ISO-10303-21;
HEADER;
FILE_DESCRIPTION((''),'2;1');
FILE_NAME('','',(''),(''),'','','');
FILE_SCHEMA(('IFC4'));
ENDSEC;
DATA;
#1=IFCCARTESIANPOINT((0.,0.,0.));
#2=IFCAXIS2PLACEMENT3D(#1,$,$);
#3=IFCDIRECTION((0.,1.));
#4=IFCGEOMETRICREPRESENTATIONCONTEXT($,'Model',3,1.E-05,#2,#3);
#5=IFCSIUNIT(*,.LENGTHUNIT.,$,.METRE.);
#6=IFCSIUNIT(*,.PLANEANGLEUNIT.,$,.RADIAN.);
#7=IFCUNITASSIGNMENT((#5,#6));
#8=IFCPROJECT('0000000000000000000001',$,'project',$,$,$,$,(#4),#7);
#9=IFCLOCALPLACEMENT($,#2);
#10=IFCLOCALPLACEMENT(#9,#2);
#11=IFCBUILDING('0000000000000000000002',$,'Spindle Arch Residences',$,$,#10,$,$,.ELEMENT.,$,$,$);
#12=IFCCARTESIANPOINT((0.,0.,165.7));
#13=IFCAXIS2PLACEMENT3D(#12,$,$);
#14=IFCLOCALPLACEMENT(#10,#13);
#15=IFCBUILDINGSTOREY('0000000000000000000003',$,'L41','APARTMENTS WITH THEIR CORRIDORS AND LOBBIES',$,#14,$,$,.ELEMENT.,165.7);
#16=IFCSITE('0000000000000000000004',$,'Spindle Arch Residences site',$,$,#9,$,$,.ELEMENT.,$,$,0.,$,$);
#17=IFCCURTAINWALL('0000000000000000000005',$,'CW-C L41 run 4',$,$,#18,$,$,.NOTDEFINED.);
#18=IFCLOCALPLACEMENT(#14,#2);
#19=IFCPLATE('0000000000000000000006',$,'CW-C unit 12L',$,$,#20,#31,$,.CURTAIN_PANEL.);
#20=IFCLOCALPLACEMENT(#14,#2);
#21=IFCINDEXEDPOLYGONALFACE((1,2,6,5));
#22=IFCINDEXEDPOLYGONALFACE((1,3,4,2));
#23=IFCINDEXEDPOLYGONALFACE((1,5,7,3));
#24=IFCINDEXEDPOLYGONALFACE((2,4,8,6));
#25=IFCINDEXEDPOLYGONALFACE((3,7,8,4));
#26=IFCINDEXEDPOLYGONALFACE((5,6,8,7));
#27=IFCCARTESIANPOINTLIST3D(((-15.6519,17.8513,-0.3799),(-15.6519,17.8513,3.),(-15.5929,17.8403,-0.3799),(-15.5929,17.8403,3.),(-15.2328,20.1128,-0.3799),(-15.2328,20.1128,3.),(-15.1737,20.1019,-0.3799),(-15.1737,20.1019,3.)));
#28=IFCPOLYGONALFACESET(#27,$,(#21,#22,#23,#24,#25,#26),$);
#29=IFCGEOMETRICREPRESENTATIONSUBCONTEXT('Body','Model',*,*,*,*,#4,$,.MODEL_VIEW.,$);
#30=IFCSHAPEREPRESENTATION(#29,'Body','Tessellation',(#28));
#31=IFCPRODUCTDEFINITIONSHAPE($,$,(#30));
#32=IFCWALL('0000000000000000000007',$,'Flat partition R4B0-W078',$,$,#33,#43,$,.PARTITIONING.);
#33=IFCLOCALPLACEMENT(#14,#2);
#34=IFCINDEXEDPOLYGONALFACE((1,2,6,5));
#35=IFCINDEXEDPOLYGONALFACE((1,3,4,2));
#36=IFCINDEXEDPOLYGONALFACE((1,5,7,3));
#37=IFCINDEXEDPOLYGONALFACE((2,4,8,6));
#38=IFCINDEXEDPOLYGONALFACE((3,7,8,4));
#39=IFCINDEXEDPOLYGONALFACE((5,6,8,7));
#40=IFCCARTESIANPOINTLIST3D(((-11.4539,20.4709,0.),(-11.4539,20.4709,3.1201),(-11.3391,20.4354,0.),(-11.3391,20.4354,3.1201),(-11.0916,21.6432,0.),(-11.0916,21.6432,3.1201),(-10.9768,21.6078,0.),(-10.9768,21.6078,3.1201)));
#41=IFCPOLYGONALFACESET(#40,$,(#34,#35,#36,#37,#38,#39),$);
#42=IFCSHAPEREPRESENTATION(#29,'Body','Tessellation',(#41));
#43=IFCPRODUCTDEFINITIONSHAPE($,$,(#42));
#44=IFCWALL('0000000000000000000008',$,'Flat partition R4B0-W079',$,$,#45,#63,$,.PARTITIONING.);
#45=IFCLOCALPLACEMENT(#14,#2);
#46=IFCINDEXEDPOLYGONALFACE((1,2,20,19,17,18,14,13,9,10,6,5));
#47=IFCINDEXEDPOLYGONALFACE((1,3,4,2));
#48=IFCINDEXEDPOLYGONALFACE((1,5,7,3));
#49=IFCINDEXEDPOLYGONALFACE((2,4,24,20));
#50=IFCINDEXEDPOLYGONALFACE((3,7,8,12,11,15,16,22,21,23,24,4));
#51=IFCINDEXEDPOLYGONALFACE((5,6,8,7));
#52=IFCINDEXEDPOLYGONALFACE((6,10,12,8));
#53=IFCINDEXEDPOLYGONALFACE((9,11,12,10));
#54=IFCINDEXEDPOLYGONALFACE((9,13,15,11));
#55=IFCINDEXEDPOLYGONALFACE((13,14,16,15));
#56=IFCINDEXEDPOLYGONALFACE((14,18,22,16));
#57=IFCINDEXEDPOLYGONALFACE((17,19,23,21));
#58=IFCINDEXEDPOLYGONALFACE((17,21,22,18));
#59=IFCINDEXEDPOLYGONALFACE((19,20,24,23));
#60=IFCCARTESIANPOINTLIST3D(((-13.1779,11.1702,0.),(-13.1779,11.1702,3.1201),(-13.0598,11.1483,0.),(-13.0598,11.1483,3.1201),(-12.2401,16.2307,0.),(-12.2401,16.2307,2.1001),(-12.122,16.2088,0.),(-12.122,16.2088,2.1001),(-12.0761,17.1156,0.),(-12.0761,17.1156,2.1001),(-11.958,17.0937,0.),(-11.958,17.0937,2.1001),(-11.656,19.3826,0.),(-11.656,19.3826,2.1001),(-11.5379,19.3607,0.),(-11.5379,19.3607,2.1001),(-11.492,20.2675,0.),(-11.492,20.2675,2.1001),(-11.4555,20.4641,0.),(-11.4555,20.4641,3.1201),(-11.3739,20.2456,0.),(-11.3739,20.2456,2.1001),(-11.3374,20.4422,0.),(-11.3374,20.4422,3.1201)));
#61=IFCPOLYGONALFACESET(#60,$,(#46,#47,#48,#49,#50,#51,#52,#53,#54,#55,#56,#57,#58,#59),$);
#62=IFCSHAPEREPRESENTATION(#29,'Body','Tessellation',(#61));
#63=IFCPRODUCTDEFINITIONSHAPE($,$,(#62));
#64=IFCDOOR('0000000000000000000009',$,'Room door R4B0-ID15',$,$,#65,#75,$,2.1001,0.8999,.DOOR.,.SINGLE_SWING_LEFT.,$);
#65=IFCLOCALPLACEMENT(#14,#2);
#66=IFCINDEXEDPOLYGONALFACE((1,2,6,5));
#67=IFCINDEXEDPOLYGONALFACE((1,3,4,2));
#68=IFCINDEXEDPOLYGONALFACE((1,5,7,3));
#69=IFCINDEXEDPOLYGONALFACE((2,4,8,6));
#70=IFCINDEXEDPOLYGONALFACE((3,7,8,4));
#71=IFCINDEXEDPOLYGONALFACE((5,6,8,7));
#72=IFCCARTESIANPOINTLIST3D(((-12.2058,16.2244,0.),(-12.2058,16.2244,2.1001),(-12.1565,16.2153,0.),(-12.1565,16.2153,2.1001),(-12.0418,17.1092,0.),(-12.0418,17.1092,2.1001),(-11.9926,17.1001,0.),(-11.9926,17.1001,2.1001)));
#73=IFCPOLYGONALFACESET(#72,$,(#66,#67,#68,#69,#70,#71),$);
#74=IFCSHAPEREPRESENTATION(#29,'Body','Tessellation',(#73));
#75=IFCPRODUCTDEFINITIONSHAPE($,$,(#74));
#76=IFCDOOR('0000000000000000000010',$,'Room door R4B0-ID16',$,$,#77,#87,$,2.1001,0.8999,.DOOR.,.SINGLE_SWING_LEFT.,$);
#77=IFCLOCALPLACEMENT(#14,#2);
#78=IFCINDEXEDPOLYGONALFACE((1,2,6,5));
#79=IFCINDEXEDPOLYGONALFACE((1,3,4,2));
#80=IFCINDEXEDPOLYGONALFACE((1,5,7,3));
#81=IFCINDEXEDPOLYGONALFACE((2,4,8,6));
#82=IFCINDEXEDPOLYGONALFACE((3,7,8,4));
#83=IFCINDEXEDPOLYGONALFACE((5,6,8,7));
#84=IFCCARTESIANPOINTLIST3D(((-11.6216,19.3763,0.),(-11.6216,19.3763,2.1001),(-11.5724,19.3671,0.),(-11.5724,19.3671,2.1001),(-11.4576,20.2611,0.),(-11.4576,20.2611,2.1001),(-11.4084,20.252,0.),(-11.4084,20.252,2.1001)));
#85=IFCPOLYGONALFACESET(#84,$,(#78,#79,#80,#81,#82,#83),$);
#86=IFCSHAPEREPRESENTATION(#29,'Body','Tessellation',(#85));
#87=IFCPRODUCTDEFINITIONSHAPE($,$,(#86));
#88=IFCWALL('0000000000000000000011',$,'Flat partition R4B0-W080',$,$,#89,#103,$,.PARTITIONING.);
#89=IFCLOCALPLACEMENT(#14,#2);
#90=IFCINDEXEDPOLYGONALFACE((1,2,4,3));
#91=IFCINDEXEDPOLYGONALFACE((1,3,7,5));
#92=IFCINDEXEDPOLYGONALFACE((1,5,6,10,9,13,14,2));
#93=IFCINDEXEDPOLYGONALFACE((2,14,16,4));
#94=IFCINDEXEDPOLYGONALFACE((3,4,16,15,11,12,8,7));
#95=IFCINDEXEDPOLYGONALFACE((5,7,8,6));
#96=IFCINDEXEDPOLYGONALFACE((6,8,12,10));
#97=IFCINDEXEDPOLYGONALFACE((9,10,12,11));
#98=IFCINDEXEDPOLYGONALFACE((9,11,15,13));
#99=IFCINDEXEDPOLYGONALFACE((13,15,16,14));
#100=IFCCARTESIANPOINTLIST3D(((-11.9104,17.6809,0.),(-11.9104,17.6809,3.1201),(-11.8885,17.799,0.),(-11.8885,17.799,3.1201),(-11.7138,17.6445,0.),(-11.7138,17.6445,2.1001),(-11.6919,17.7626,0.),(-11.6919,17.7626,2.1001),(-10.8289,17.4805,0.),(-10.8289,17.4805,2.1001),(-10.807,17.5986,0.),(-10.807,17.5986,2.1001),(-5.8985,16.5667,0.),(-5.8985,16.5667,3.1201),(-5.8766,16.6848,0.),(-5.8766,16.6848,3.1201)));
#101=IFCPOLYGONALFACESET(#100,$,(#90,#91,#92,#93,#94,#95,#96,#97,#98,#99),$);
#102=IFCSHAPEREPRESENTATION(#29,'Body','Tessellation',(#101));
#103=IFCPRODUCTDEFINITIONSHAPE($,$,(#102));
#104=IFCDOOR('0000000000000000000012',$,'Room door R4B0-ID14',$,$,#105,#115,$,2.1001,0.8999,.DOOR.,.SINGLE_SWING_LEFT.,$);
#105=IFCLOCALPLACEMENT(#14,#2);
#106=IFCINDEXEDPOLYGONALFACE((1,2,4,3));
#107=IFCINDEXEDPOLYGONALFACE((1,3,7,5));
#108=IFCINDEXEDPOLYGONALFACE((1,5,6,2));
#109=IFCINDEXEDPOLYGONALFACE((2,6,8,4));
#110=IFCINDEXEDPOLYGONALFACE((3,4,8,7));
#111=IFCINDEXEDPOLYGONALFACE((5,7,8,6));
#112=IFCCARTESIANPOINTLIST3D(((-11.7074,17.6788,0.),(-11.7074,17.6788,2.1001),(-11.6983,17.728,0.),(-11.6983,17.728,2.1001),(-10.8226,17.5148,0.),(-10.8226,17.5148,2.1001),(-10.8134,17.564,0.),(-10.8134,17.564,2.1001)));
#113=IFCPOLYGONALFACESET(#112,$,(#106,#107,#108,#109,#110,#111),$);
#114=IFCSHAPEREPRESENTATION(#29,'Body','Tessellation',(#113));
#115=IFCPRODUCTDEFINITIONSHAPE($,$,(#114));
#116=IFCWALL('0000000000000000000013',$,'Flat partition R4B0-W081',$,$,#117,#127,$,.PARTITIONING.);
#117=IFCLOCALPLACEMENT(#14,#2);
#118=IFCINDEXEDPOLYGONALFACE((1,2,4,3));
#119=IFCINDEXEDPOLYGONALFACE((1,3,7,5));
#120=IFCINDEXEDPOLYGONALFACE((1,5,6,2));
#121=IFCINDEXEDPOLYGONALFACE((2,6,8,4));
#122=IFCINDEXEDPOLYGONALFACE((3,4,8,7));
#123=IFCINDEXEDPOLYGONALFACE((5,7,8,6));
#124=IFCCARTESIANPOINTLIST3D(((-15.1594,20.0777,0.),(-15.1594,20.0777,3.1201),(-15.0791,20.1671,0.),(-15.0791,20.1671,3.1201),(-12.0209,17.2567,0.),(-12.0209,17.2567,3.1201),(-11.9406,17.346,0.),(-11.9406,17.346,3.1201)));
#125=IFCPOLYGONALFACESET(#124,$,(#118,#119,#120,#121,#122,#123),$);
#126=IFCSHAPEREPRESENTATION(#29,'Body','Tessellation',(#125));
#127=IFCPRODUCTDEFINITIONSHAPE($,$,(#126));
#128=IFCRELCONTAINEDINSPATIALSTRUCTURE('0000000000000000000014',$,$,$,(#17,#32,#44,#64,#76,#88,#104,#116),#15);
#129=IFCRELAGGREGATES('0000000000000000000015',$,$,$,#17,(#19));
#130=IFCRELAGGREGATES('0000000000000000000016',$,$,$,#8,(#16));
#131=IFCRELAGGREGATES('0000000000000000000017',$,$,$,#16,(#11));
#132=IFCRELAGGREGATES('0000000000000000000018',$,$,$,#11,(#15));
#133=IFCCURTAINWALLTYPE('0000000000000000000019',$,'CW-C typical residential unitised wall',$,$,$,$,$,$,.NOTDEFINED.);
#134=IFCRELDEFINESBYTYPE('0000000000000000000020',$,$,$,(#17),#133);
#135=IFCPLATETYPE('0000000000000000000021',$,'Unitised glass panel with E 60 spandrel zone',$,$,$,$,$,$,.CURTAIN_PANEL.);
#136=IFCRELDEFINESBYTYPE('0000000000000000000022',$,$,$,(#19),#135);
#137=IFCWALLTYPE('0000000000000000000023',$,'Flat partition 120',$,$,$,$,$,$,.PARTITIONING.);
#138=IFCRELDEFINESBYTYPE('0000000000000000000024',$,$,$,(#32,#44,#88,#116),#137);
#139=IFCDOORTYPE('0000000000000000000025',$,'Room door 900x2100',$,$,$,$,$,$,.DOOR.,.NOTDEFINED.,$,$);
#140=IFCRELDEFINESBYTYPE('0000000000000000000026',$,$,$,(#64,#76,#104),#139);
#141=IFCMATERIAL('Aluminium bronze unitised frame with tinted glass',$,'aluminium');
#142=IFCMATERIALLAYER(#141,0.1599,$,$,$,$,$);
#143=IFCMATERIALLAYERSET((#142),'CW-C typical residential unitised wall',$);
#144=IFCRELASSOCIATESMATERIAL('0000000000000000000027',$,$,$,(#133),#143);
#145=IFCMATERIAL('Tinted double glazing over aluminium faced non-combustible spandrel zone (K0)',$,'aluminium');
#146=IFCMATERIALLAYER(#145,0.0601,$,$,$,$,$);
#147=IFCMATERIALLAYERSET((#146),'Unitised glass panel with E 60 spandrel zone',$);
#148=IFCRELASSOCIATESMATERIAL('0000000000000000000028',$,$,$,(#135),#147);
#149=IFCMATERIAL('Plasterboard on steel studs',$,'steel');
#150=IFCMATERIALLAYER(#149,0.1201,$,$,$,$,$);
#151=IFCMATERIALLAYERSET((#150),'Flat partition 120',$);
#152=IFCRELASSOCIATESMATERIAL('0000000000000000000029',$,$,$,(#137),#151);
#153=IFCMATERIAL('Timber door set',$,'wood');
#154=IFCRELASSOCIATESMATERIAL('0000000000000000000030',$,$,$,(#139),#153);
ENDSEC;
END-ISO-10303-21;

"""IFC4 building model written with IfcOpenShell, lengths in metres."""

from ifc_helpers import new_model, si_unit, direction, frame, frame_2d, origin, origin_2d, place, context, subcontext, project, spatial, rectangle, extrude, material, layer, layer_set, type_object, element, fill, aggregate, save


model = new_model("IFC4")

# Units and contexts
model_context = context("Model", 3, precision=1e-05, world=origin(), true_north=direction((0.0, 1.0)))
body_context = subcontext(model_context, "Body", "Model", "MODEL_VIEW")
ifc_project = project(units=[si_unit("LENGTHUNIT", "METRE"), si_unit("PLANEANGLEUNIT", "RADIAN")], contexts=[model_context])

# Site, building, storey
site_placement = place(None, origin())
site = spatial("IfcSite", under=ifc_project, at=site_placement, Name="Spindle Arch Residences site", CompositionType="ELEMENT", RefElevation=0.0)
building_placement = place(site_placement, origin())
building = spatial("IfcBuilding", under=site, at=building_placement, Name="Spindle Arch Residences", CompositionType="ELEMENT")
storey_placement = place(building_placement, frame((0.0, 0.0, 165.7)))
storey = spatial("IfcBuildingStorey", under=building, at=storey_placement, Name="L41", Description="APARTMENTS WITH THEIR CORRIDORS AND LOBBIES", CompositionType="ELEMENT", Elevation=165.7)

# Curtain wall
ifc_material_1 = material(Name="Aluminium bronze unitised frame with tinted glass", Category="aluminium")
ifc_layer_1 = layer(ifc_material_1, 0.1599)
ifc_layer_set_1 = layer_set([ifc_layer_1], Name="CW-C typical residential unitised wall")
curtain_wall_type_1 = type_object("IfcCurtainWallType", Name="CW-C typical residential unitised wall", PredefinedType="NOTDEFINED", material=ifc_layer_set_1)
curtain_wall_1_placement = place(storey_placement, origin())
curtain_wall_1 = element("IfcCurtainWall", 1, at=curtain_wall_1_placement, inside=storey, type_object=curtain_wall_type_1, Name="CW-C L41 run 4", PredefinedType="NOTDEFINED")

# Plate
ifc_material_2 = material(Name="Tinted double glazing over aluminium faced non-combustible spandrel zone (K0)", Category="aluminium")
ifc_layer_2 = layer(ifc_material_2, 0.0601)
ifc_layer_set_2 = layer_set([ifc_layer_2], Name="Unitised glass panel with E 60 spandrel zone")
plate_type = type_object("IfcPlateType", Name="Unitised glass panel with E 60 spandrel zone", PredefinedType="CURTAIN_PANEL", material=ifc_layer_set_2)
plate_1_placement = place(storey_placement, frame((-15.4128, 18.9766, -0.3799), z_axis=(0.0, 0.0, 1.0), x_axis=(-0.182236, -0.983255, 0.0)))
plate_1 = element("IfcPlate", 2, at=plate_1_placement, type_object=plate_type, Name="CW-C unit 12L", PredefinedType="CURTAIN_PANEL", context=body_context, shape_type="SweptSolid", body=[
    extrude(rectangle(XDim=2.3, YDim=0.0601, at=origin_2d()), origin(), (0.0, 0.0, 1.0), 3.3799),
])
aggregate(curtain_wall_1, [plate_1])

# Wall
ifc_material_3 = material(Name="Plasterboard on steel studs", Category="steel")
ifc_layer_3 = layer(ifc_material_3, 0.1201)
ifc_layer_set_3 = layer_set([ifc_layer_3], Name="Flat partition 120")
wall_type_1 = type_object("IfcWallType", Name="Flat partition 120", PredefinedType="PARTITIONING", material=ifc_layer_set_3)
wall_1_placement = place(storey_placement, frame((-11.0342, 21.6255, 0.0), z_axis=(0.0, 0.0, 1.0), x_axis=(-0.29526, -0.955417, 0.0)))
element("IfcWall", 3, at=wall_1_placement, inside=storey, type_object=wall_type_1, Name="Flat partition R4B0-W078", PredefinedType="PARTITIONING", context=body_context, shape_type="SweptSolid", body=[
    extrude(rectangle(XDim=1.2271, YDim=0.1201, at=frame_2d((0.6135, 0.0))), origin(), (0.0, 0.0, 1.0), 3.1201),
])

# Wall, openings, doors
wall_2_placement = place(storey_placement, frame((-11.3965, 20.4531, 0.0), z_axis=(0.0, 0.0, 1.0), x_axis=(-0.182223, -0.983257, 0.0)))
wall_2 = element("IfcWall", 4, at=wall_2_placement, inside=storey, type_object=wall_type_1, Name="Flat partition R4B0-W079", PredefinedType="PARTITIONING", context=body_context, shape_type="SweptSolid", body=[
    extrude(rectangle(XDim=9.4521, YDim=0.1201, at=frame_2d((4.7261, 0.0))), origin(), (0.0, 0.0, 1.0), 3.1201),
])
opening_1_placement = place(wall_2_placement, frame((3.4055, 0.0, 0.0)))
opening_1 = element("IfcOpeningElement", 5, at=opening_1_placement, cuts=wall_2, PredefinedType="OPENING", context=body_context, shape_type="SweptSolid", body=[
    extrude(rectangle(XDim=0.8999, YDim=2.1001, at=frame_2d((0.45, 1.05))), frame((0.0, 0.0701, 0.0), z_axis=(0.0, -1.0, 0.0), x_axis=(1.0, 0.0, 0.0)), (0.0, 0.0, 1.0), 0.1401),
])
opening_2_placement = place(wall_2_placement, frame((0.2, 0.0, 0.0)))
opening_2 = element("IfcOpeningElement", 6, at=opening_2_placement, cuts=wall_2, PredefinedType="OPENING", context=body_context, shape_type="SweptSolid", body=[
    extrude(rectangle(XDim=0.8999, YDim=2.1001, at=frame_2d((0.45, 1.05))), frame((0.0, 0.0701, 0.0), z_axis=(0.0, -1.0, 0.0), x_axis=(1.0, 0.0, 0.0)), (0.0, 0.0, 1.0), 0.1401),
])
ifc_material_4 = material(Name="Timber door set", Category="wood")
door_type_1 = type_object("IfcDoorType", Name="Room door 900x2100", OperationType="NOTDEFINED", PredefinedType="DOOR", material=ifc_material_4)
door_1_placement = place(opening_1_placement, origin())
door_1 = element("IfcDoor", 7, at=door_1_placement, inside=storey, type_object=door_type_1, Name="Room door R4B0-ID15", OperationType="SINGLE_SWING_LEFT", OverallHeight=2.1001, OverallWidth=0.8999, PredefinedType="DOOR", context=body_context, shape_type="SweptSolid", body=[
    extrude(rectangle(XDim=0.8999, YDim=2.1001, at=frame_2d((0.45, 1.05))), frame((0.0, 0.0249, 0.0), z_axis=(0.0, -1.0, 0.0), x_axis=(1.0, 0.0, 0.0)), (0.0, 0.0, 1.0), 0.05),
])
fill(opening_1, door_1)
door_2_placement = place(opening_2_placement, origin())
door_2 = element("IfcDoor", 8, at=door_2_placement, inside=storey, type_object=door_type_1, Name="Room door R4B0-ID16", OperationType="SINGLE_SWING_LEFT", OverallHeight=2.1001, OverallWidth=0.8999, PredefinedType="DOOR", context=body_context, shape_type="SweptSolid", body=[
    extrude(rectangle(XDim=0.8999, YDim=2.1001, at=frame_2d((0.45, 1.05))), frame((0.0, 0.0249, 0.0), z_axis=(0.0, -1.0, 0.0), x_axis=(1.0, 0.0, 0.0)), (0.0, 0.0, 1.0), 0.05),
])
fill(opening_2, door_2)

# Wall, opening, door
wall_3_placement = place(storey_placement, frame((-11.8994, 17.74, 0.0), z_axis=(0.0, 0.0, 1.0), x_axis=(0.983255, -0.182237, 0.0)))
wall_3 = element("IfcWall", 9, at=wall_3_placement, inside=storey, type_object=wall_type_1, Name="Flat partition R4B0-W080", PredefinedType="PARTITIONING", context=body_context, shape_type="SweptSolid", body=[
    extrude(rectangle(XDim=6.1143, YDim=0.1201, at=frame_2d((3.0571, 0.0))), origin(), (0.0, 0.0, 1.0), 3.1201),
])
opening_3_placement = place(wall_3_placement, frame((0.2, 0.0, 0.0)))
opening_3 = element("IfcOpeningElement", 10, at=opening_3_placement, cuts=wall_3, PredefinedType="OPENING", context=body_context, shape_type="SweptSolid", body=[
    extrude(rectangle(XDim=0.8999, YDim=2.1001, at=frame_2d((0.45, 1.05))), frame((0.0, 0.0701, 0.0), z_axis=(0.0, -1.0, 0.0), x_axis=(1.0, 0.0, 0.0)), (0.0, 0.0, 1.0), 0.1401),
])
door_3_placement = place(opening_3_placement, origin())
door_3 = element("IfcDoor", 11, at=door_3_placement, inside=storey, type_object=door_type_1, Name="Room door R4B0-ID14", OperationType="SINGLE_SWING_LEFT", OverallHeight=2.1001, OverallWidth=0.8999, PredefinedType="DOOR", context=body_context, shape_type="SweptSolid", body=[
    extrude(rectangle(XDim=0.8999, YDim=2.1001, at=frame_2d((0.45, 1.05))), frame((0.0, 0.0249, 0.0), z_axis=(0.0, -1.0, 0.0), x_axis=(1.0, 0.0, 0.0)), (0.0, 0.0, 1.0), 0.05),
])
fill(opening_3, door_3)

# Wall
wall_4_placement = place(storey_placement, frame((-15.1191, 20.1223, 0.0), z_axis=(0.0, 0.0, 1.0), x_axis=(0.743711, -0.668501, 0.0)))
element("IfcWall", 12, at=wall_4_placement, inside=storey, type_object=wall_type_1, Name="Flat partition R4B0-W081", PredefinedType="PARTITIONING", context=body_context, shape_type="SweptSolid", body=[
    extrude(rectangle(XDim=4.22, YDim=0.1201, at=frame_2d((2.1099, 0.0))), origin(), (0.0, 0.0, 1.0), 3.1201),
])

save(model, "model.ifc")
